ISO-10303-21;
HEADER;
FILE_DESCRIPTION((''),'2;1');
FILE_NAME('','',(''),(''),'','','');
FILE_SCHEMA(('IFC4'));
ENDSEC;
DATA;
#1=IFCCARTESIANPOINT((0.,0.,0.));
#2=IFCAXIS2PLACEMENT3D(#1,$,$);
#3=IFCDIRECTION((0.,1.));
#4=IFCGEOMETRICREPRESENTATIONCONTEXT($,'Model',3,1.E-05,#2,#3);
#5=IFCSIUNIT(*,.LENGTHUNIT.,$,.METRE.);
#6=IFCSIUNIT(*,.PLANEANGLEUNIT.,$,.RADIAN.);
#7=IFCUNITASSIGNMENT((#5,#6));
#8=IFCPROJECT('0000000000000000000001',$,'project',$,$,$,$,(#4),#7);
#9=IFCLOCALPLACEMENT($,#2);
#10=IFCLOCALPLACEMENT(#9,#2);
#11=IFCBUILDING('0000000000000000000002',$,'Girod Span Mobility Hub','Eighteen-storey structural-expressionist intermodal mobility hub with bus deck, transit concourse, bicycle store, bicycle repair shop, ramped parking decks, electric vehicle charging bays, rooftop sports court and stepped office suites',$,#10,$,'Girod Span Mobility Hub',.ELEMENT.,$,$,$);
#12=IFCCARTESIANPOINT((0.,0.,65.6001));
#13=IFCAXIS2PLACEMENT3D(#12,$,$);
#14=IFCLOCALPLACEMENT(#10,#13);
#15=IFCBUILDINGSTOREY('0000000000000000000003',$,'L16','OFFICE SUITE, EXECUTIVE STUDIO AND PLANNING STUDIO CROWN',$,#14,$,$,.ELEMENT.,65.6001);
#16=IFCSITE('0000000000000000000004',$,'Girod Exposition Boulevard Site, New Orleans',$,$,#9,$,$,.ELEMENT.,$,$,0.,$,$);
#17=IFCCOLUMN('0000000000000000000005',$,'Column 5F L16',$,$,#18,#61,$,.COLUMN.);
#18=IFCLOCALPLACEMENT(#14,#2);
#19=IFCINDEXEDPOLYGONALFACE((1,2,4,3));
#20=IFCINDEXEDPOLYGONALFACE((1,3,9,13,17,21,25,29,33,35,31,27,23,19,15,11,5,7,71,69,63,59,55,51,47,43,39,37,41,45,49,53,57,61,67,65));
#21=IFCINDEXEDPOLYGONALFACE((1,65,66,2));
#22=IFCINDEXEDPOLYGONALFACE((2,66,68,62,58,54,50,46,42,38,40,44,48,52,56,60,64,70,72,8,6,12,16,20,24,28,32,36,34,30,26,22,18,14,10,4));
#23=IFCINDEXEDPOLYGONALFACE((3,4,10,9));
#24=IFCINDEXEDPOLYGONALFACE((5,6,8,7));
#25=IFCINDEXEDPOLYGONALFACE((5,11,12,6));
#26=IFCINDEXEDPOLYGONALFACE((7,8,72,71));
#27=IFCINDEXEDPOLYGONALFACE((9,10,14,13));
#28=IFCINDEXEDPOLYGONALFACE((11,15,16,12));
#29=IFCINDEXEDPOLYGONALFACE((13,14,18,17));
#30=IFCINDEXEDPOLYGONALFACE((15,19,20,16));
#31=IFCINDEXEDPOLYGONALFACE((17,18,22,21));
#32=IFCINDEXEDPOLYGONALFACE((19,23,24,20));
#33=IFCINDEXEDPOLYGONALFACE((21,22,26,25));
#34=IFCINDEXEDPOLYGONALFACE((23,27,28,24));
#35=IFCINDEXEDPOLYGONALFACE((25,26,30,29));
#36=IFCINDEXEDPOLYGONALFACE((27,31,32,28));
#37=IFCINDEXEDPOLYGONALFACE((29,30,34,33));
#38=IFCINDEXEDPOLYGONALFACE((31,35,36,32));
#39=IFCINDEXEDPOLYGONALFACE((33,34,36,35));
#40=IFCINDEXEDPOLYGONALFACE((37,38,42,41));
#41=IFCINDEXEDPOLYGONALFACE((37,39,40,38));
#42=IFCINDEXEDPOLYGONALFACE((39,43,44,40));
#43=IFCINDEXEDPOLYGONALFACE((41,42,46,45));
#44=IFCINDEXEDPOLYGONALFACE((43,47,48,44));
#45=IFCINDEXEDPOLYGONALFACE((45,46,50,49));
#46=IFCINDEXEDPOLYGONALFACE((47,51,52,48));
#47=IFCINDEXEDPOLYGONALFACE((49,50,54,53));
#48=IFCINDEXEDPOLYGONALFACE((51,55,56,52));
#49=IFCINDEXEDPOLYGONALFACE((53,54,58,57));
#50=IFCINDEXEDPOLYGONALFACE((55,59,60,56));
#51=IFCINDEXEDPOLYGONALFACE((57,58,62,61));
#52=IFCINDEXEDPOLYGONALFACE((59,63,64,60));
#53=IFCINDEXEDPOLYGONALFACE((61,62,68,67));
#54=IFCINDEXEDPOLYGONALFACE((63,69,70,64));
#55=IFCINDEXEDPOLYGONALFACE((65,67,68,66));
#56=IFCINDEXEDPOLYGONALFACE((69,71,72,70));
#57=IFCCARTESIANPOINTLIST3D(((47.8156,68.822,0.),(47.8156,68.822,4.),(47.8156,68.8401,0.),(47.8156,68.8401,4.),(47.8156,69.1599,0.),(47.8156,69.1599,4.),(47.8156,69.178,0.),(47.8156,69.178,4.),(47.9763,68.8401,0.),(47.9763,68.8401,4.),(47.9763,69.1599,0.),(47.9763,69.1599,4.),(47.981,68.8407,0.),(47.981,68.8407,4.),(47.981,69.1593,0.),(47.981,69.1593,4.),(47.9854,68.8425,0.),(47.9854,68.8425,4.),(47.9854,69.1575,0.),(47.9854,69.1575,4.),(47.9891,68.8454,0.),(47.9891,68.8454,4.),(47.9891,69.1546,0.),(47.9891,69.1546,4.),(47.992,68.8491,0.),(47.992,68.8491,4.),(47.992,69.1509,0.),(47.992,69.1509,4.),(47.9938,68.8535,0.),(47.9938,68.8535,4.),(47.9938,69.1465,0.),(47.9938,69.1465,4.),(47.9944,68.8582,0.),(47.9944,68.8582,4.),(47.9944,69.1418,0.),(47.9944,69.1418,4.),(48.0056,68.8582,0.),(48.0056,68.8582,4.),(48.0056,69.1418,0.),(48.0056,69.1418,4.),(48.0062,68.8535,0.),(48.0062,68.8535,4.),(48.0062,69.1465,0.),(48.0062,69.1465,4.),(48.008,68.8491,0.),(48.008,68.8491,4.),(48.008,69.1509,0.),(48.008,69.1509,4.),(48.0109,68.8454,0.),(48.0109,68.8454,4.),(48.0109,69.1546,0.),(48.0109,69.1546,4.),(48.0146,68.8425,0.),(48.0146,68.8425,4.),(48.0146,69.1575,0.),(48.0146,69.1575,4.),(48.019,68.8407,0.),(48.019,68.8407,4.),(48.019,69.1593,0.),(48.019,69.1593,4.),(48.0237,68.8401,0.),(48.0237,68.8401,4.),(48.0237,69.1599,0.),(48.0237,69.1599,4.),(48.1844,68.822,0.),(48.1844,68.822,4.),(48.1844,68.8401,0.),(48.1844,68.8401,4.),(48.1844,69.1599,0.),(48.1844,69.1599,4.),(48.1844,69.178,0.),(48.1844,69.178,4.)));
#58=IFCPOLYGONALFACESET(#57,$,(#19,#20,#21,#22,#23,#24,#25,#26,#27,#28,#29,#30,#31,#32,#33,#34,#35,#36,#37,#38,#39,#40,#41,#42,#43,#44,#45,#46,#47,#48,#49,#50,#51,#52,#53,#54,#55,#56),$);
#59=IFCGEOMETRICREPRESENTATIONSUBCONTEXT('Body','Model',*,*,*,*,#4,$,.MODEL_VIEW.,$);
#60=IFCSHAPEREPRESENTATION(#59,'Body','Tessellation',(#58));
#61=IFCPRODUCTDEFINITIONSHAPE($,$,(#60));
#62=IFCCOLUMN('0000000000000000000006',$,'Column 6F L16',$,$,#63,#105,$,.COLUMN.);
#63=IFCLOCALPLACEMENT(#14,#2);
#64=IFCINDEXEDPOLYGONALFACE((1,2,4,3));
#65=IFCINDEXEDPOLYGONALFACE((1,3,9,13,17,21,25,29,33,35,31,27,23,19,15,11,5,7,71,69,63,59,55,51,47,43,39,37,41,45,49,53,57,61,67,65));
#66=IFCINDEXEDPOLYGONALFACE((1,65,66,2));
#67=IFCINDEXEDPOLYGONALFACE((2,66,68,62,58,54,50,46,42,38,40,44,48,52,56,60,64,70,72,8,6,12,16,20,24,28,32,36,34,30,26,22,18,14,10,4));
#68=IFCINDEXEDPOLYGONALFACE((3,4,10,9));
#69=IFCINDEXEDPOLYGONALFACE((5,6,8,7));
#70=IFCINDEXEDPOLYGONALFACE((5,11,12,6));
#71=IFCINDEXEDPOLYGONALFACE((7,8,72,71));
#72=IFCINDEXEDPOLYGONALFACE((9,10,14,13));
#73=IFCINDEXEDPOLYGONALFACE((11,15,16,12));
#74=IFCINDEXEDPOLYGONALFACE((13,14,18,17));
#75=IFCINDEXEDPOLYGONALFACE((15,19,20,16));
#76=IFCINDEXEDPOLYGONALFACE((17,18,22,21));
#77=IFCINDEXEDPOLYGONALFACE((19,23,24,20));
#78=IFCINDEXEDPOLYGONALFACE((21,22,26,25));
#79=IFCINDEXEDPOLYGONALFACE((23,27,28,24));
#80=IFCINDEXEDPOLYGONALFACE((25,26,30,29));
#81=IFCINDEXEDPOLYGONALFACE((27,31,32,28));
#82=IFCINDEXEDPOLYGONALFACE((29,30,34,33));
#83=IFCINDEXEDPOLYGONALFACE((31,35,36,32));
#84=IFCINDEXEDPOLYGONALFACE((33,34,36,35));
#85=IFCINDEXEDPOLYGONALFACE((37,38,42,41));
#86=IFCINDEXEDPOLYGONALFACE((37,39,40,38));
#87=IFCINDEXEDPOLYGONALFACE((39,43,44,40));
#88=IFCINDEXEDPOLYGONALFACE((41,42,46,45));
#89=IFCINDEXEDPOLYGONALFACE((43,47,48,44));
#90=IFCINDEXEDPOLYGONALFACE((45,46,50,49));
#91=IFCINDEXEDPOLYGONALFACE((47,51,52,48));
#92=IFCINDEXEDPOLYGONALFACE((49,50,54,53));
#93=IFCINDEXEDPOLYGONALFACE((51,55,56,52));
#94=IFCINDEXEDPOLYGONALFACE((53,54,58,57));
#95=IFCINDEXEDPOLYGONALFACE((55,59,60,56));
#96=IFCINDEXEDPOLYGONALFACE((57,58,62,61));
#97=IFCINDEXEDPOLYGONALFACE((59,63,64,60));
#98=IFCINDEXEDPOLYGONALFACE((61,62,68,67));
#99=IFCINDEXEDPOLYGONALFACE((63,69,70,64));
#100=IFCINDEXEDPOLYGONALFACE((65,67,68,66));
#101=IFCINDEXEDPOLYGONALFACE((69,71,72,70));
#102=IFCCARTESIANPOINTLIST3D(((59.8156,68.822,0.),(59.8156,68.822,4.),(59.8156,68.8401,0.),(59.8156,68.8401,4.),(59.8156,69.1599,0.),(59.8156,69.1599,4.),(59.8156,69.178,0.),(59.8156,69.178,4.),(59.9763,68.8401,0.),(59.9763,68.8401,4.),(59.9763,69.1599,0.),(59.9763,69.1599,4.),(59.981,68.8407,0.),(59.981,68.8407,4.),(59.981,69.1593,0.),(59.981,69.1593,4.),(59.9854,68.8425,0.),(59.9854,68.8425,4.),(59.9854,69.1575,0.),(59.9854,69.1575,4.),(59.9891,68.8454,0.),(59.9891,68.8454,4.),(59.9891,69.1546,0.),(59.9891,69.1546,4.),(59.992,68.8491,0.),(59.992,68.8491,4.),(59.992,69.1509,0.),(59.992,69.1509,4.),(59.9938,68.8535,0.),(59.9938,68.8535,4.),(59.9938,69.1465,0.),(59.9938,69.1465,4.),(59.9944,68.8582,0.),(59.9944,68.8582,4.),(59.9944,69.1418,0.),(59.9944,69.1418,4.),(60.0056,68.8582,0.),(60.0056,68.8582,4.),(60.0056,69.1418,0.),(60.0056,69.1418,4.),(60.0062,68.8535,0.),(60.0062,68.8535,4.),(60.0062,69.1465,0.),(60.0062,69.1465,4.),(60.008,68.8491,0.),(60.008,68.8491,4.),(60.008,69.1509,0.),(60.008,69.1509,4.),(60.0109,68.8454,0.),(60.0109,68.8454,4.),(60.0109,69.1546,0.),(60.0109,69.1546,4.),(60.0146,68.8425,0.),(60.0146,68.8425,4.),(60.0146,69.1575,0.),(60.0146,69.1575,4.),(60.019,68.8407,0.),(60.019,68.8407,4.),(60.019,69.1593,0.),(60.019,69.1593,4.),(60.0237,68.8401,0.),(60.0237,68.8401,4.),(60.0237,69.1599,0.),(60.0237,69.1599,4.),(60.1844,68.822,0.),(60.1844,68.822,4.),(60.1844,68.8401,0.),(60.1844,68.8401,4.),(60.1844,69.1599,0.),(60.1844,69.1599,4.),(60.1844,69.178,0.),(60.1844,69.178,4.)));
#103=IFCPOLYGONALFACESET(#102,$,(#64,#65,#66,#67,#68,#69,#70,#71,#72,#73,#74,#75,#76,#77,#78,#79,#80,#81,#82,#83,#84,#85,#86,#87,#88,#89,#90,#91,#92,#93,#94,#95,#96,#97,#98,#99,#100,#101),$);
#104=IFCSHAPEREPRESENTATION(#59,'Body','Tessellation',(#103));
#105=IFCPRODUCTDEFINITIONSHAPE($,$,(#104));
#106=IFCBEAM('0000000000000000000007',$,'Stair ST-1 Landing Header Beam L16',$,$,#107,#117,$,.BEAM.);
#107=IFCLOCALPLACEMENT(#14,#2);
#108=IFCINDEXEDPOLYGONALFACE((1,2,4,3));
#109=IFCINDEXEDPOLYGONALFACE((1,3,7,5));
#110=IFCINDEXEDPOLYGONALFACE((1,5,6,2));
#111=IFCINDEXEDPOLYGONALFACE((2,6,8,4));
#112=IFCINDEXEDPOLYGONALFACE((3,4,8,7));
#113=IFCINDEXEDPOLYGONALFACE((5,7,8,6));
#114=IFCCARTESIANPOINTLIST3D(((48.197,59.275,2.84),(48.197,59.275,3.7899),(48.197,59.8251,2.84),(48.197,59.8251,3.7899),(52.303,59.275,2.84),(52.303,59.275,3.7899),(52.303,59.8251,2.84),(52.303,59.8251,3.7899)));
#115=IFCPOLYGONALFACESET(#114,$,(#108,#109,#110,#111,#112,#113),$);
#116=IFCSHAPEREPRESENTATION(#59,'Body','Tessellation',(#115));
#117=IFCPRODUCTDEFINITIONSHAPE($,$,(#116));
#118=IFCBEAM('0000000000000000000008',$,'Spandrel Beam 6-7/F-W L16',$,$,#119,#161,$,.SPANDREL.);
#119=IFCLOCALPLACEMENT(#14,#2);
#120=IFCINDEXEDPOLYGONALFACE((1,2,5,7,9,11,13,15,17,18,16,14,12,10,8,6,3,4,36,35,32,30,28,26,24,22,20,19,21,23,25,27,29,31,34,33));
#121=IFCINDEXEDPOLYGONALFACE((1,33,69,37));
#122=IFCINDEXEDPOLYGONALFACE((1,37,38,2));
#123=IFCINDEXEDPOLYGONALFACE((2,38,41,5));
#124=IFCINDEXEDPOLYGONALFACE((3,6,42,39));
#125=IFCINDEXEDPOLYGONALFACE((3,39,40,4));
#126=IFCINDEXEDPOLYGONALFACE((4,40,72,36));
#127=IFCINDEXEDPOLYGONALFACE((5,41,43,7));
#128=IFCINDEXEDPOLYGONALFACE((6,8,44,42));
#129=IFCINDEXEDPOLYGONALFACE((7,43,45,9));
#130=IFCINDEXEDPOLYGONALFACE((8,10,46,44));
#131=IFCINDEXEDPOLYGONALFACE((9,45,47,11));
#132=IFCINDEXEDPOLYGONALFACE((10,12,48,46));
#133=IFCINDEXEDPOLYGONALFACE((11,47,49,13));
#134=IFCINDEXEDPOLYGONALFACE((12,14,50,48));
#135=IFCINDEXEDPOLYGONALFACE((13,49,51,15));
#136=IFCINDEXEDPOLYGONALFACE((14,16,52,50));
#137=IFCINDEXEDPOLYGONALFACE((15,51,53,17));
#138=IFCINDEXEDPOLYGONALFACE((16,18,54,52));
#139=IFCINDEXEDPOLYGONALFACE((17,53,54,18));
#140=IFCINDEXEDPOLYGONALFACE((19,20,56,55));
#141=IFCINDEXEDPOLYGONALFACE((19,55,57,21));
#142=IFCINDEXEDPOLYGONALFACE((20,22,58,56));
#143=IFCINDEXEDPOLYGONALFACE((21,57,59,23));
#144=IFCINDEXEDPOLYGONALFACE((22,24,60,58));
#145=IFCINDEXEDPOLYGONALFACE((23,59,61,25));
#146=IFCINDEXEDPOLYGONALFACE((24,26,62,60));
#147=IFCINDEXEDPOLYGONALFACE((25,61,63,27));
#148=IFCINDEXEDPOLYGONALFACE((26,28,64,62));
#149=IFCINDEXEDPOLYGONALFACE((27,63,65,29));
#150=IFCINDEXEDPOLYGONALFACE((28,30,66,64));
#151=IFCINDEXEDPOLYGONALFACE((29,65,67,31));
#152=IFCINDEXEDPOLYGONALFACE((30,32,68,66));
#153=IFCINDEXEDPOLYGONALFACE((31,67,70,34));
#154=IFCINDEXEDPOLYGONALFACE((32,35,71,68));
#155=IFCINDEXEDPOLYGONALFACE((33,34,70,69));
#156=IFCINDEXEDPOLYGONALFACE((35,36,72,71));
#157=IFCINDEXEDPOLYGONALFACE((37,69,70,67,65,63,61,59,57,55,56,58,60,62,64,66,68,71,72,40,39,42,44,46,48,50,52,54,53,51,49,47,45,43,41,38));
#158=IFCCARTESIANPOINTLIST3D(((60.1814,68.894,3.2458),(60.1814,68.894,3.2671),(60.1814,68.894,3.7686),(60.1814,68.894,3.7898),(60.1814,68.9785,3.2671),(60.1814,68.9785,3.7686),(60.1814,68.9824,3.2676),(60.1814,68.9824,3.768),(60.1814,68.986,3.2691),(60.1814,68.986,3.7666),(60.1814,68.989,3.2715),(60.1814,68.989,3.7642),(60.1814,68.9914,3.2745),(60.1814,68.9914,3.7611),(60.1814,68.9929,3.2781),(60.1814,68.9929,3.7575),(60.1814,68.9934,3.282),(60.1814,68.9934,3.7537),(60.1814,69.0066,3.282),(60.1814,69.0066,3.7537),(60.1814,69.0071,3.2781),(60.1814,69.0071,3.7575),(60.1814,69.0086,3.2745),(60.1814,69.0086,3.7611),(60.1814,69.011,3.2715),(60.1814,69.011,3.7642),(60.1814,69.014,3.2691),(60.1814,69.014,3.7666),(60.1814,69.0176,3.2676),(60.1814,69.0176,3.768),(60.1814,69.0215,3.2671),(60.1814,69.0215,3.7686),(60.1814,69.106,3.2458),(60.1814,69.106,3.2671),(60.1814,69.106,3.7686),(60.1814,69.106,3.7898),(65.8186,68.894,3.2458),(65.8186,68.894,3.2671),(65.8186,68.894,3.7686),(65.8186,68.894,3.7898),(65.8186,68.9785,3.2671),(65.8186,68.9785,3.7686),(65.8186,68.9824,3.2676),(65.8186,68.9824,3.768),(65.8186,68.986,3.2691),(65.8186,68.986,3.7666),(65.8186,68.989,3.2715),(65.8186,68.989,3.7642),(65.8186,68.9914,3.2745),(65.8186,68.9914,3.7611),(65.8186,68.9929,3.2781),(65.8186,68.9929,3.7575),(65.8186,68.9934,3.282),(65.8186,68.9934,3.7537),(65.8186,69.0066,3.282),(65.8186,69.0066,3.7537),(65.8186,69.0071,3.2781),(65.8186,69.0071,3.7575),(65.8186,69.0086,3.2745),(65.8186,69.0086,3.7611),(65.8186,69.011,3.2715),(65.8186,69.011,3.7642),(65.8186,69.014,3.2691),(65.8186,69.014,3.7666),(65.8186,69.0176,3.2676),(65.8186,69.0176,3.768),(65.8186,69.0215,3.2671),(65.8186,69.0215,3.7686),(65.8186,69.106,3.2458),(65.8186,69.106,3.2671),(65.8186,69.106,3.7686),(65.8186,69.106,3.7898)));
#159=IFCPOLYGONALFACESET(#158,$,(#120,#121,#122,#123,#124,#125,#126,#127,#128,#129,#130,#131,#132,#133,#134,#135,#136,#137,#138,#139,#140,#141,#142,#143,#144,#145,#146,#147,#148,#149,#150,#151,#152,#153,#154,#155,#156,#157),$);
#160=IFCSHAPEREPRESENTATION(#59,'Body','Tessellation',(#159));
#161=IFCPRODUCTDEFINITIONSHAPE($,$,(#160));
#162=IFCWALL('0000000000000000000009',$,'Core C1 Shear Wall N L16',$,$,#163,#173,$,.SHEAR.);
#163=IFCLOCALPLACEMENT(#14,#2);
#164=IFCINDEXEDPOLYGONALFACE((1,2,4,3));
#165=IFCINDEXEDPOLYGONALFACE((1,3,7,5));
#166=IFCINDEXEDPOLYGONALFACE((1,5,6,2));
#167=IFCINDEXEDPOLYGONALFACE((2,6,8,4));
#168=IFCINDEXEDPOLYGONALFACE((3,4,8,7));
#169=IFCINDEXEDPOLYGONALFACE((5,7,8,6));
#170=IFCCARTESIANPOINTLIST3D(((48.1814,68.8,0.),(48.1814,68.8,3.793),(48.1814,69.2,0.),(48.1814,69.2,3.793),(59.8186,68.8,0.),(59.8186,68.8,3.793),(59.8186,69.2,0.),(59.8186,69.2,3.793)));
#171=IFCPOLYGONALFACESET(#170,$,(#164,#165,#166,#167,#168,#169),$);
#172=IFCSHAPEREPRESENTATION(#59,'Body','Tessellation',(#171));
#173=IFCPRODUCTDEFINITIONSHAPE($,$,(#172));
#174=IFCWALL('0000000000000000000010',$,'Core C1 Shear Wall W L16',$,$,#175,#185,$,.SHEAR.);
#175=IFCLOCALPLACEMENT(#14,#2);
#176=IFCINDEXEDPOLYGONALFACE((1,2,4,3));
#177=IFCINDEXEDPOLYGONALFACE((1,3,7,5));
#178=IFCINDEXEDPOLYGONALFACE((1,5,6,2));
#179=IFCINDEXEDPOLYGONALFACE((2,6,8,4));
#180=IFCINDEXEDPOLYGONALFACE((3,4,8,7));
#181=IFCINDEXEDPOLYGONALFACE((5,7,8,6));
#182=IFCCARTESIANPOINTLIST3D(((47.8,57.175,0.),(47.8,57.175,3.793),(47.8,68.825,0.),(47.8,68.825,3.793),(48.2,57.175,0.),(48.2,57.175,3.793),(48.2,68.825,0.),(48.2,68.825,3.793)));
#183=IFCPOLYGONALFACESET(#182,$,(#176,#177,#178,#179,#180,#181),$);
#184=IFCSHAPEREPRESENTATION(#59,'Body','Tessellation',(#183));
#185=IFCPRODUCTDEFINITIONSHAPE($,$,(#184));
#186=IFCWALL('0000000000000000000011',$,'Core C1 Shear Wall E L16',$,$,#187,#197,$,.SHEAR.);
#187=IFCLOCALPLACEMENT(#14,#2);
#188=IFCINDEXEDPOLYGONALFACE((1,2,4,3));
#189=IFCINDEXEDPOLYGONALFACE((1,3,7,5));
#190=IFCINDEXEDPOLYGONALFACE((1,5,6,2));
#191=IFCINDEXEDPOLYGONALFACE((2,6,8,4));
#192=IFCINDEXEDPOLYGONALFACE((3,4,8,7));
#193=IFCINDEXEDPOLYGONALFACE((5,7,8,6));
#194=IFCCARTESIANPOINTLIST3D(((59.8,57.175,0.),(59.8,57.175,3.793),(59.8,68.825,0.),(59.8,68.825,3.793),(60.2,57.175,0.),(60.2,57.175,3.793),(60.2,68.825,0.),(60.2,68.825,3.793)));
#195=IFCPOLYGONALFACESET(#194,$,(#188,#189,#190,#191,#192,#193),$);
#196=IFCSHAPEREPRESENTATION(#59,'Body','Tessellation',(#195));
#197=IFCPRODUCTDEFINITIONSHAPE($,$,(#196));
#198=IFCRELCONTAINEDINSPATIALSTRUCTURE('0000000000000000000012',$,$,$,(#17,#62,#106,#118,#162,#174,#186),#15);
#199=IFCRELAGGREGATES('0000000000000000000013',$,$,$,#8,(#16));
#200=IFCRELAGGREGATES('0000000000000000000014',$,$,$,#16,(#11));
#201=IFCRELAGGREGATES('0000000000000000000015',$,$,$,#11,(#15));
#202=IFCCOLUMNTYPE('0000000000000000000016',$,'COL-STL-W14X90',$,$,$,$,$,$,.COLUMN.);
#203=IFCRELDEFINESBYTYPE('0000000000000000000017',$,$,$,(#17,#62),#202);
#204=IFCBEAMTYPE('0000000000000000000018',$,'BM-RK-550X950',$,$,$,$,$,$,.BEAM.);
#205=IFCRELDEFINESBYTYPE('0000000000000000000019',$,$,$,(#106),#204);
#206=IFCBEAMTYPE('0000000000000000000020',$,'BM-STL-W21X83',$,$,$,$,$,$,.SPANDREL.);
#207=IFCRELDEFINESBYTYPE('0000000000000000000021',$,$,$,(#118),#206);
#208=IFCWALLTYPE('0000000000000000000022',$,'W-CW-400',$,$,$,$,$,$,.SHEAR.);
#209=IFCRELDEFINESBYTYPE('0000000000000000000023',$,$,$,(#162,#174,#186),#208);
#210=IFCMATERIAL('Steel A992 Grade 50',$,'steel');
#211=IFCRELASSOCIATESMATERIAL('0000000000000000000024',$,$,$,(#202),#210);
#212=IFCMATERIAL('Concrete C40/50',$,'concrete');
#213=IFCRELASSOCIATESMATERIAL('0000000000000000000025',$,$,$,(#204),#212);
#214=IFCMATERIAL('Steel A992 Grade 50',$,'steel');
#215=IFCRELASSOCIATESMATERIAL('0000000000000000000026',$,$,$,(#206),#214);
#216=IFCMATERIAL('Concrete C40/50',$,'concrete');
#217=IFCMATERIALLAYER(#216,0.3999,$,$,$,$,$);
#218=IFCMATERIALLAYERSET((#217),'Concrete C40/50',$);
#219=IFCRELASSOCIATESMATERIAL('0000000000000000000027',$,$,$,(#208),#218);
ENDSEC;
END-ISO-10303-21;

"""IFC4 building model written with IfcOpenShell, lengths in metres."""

from ifc_helpers import new_model, si_unit, direction, frame, frame_2d, origin, origin_2d, place, context, subcontext, project, spatial, rectangle, i_section, extrude, material, layer, layer_set, material_profile, profile_set, type_object, element, save


model = new_model("IFC4")

# Units and contexts
model_context = context("Model", 3, precision=1e-05, world=origin(), true_north=direction((0.0, 1.0)))
body_context = subcontext(model_context, "Body", "Model", "MODEL_VIEW")
ifc_project = project(units=[si_unit("LENGTHUNIT", "METRE"), si_unit("PLANEANGLEUNIT", "RADIAN")], contexts=[model_context])

# Site, building, storey
site_placement = place(None, origin())
site = spatial("IfcSite", under=ifc_project, at=site_placement, Name="Girod Exposition Boulevard Site, New Orleans", CompositionType="ELEMENT", RefElevation=0.0)
building_placement = place(site_placement, origin())
building = spatial("IfcBuilding", under=site, at=building_placement, Name="Girod Span Mobility Hub", Description="Eighteen-storey structural-expressionist intermodal mobility hub with bus deck, transit concourse, bicycle store, bicycle repair shop, ramped parking decks, electric vehicle charging bays, rooftop sports court and stepped office suites", LongName="Girod Span Mobility Hub", CompositionType="ELEMENT")
storey_placement = place(building_placement, frame((0.0, 0.0, 65.6001)))
storey = spatial("IfcBuildingStorey", under=building, at=storey_placement, Name="L16", Description="OFFICE SUITE, EXECUTIVE STUDIO AND PLANNING STUDIO CROWN", CompositionType="ELEMENT", Elevation=65.6001)

# Columns
ifc_material_1 = material(Name="Steel A992 Grade 50", Category="steel")
ifc_material_profile_1 = material_profile(ifc_material_1, i_section(OverallWidth=0.3689, OverallDepth=0.356, WebThickness=0.0112, FlangeThickness=0.0181, FilletRadius=0.0181, at=origin_2d()), Name="W14X90")
ifc_profile_set_1 = profile_set([ifc_material_profile_1], Name="Steel A992 Grade 50")
column_type = type_object("IfcColumnType", Name="COL-STL-W14X90", PredefinedType="COLUMN", material=ifc_profile_set_1)
for number, where, z_axis, x_axis, name in (
    (1, (48.0, 69.0, 0.0), (0.0, 0.0, 1.0), (1.0, 0.0, 0.0), "Column 5F L16"),
    (2, (60.0, 69.0, 0.0), (0.0, 0.0, 1.0), (1.0, 0.0, 0.0), "Column 6F L16"),
):
    element("IfcColumn", number, at=place(storey_placement, frame(where, z_axis=z_axis, x_axis=x_axis)), inside=storey, type_object=column_type, Name=name, PredefinedType="COLUMN", context=body_context, shape_type="SweptSolid", body=[
        extrude(i_section(OverallWidth=0.3689, OverallDepth=0.356, WebThickness=0.0112, FlangeThickness=0.0181, FilletRadius=0.0181, at=origin_2d()), origin(), (0.0, 0.0, 1.0), 4.0),
    ])

# Beams
ifc_material_2 = material(Name="Concrete C40/50", Category="concrete")
ifc_material_profile_2 = material_profile(ifc_material_2, rectangle(XDim=0.55, YDim=0.95, at=origin_2d()), Name="RK-550X950")
ifc_profile_set_2 = profile_set([ifc_material_profile_2], Name="Concrete C40/50")
beam_type_1 = type_object("IfcBeamType", Name="BM-RK-550X950", PredefinedType="BEAM", material=ifc_profile_set_2)
beam_1_placement = place(storey_placement, frame((48.197, 59.55, 3.3149), z_axis=(1.0, 0.0, 0.0), x_axis=(0.0, 1.0, 0.0)))
element("IfcBeam", 3, at=beam_1_placement, inside=storey, type_object=beam_type_1, Name="Stair ST-1 Landing Header Beam L16", PredefinedType="BEAM", context=body_context, shape_type="SweptSolid", body=[
    extrude(rectangle(XDim=0.55, YDim=0.95, at=origin_2d()), origin(), (0.0, 0.0, 1.0), 4.106),
])
ifc_material_3 = material(Name="Steel A992 Grade 50", Category="steel")
ifc_material_profile_3 = material_profile(ifc_material_3, i_section(OverallWidth=0.2119, OverallDepth=0.5439, WebThickness=0.0132, FlangeThickness=0.0212, FilletRadius=0.0149, at=origin_2d()), Name="W21X83")
ifc_profile_set_3 = profile_set([ifc_material_profile_3], Name="Steel A992 Grade 50")
beam_type_2 = type_object("IfcBeamType", Name="BM-STL-W21X83", PredefinedType="SPANDREL", material=ifc_profile_set_3)
beam_2_placement = place(storey_placement, frame((60.1814, 69.0, 3.5178), z_axis=(1.0, 0.0, 0.0), x_axis=(0.0, 1.0, 0.0)))
element("IfcBeam", 4, at=beam_2_placement, inside=storey, type_object=beam_type_2, Name="Spandrel Beam 6-7/F-W L16", PredefinedType="SPANDREL", context=body_context, shape_type="SweptSolid", body=[
    extrude(i_section(OverallWidth=0.2119, OverallDepth=0.5439, WebThickness=0.0132, FlangeThickness=0.0212, FilletRadius=0.0149, at=origin_2d()), origin(), (0.0, 0.0, 1.0), 5.6372),
])

# Walls
ifc_material_4 = material(Name="Concrete C40/50", Category="concrete")
ifc_layer_1 = layer(ifc_material_4, 0.3999)
ifc_layer_set_1 = layer_set([ifc_layer_1], Name="Concrete C40/50")
wall_type_1 = type_object("IfcWallType", Name="W-CW-400", PredefinedType="SHEAR", material=ifc_layer_set_1)
wall_1_placement = place(storey_placement, frame((48.1814, 69.0, 0.0), z_axis=(0.0, 0.0, 1.0), x_axis=(1.0, 0.0, 0.0)))
element("IfcWall", 5, at=wall_1_placement, inside=storey, type_object=wall_type_1, Name="Core C1 Shear Wall N L16", PredefinedType="SHEAR", context=body_context, shape_type="SweptSolid", body=[
    extrude(rectangle(XDim=11.6372, YDim=0.3999, at=frame_2d((5.8186, 0.0))), origin(), (0.0, 0.0, 1.0), 3.793),
])
for number, where, z_axis, x_axis, name in (
    (6, (48.0, 57.175, 0.0), (0.0, 0.0, 1.0), (0.0, 1.0, 0.0), "Core C1 Shear Wall W L16"),
    (7, (60.0, 57.175, 0.0), (0.0, 0.0, 1.0), (0.0, 1.0, 0.0), "Core C1 Shear Wall E L16"),
):
    element("IfcWall", number, at=place(storey_placement, frame(where, z_axis=z_axis, x_axis=x_axis)), inside=storey, type_object=wall_type_1, Name=name, PredefinedType="SHEAR", context=body_context, shape_type="SweptSolid", body=[
        extrude(rectangle(XDim=11.6499, YDim=0.3999, at=frame_2d((5.825, 0.0))), origin(), (0.0, 0.0, 1.0), 3.793),
    ])

save(model, "model.ifc")
